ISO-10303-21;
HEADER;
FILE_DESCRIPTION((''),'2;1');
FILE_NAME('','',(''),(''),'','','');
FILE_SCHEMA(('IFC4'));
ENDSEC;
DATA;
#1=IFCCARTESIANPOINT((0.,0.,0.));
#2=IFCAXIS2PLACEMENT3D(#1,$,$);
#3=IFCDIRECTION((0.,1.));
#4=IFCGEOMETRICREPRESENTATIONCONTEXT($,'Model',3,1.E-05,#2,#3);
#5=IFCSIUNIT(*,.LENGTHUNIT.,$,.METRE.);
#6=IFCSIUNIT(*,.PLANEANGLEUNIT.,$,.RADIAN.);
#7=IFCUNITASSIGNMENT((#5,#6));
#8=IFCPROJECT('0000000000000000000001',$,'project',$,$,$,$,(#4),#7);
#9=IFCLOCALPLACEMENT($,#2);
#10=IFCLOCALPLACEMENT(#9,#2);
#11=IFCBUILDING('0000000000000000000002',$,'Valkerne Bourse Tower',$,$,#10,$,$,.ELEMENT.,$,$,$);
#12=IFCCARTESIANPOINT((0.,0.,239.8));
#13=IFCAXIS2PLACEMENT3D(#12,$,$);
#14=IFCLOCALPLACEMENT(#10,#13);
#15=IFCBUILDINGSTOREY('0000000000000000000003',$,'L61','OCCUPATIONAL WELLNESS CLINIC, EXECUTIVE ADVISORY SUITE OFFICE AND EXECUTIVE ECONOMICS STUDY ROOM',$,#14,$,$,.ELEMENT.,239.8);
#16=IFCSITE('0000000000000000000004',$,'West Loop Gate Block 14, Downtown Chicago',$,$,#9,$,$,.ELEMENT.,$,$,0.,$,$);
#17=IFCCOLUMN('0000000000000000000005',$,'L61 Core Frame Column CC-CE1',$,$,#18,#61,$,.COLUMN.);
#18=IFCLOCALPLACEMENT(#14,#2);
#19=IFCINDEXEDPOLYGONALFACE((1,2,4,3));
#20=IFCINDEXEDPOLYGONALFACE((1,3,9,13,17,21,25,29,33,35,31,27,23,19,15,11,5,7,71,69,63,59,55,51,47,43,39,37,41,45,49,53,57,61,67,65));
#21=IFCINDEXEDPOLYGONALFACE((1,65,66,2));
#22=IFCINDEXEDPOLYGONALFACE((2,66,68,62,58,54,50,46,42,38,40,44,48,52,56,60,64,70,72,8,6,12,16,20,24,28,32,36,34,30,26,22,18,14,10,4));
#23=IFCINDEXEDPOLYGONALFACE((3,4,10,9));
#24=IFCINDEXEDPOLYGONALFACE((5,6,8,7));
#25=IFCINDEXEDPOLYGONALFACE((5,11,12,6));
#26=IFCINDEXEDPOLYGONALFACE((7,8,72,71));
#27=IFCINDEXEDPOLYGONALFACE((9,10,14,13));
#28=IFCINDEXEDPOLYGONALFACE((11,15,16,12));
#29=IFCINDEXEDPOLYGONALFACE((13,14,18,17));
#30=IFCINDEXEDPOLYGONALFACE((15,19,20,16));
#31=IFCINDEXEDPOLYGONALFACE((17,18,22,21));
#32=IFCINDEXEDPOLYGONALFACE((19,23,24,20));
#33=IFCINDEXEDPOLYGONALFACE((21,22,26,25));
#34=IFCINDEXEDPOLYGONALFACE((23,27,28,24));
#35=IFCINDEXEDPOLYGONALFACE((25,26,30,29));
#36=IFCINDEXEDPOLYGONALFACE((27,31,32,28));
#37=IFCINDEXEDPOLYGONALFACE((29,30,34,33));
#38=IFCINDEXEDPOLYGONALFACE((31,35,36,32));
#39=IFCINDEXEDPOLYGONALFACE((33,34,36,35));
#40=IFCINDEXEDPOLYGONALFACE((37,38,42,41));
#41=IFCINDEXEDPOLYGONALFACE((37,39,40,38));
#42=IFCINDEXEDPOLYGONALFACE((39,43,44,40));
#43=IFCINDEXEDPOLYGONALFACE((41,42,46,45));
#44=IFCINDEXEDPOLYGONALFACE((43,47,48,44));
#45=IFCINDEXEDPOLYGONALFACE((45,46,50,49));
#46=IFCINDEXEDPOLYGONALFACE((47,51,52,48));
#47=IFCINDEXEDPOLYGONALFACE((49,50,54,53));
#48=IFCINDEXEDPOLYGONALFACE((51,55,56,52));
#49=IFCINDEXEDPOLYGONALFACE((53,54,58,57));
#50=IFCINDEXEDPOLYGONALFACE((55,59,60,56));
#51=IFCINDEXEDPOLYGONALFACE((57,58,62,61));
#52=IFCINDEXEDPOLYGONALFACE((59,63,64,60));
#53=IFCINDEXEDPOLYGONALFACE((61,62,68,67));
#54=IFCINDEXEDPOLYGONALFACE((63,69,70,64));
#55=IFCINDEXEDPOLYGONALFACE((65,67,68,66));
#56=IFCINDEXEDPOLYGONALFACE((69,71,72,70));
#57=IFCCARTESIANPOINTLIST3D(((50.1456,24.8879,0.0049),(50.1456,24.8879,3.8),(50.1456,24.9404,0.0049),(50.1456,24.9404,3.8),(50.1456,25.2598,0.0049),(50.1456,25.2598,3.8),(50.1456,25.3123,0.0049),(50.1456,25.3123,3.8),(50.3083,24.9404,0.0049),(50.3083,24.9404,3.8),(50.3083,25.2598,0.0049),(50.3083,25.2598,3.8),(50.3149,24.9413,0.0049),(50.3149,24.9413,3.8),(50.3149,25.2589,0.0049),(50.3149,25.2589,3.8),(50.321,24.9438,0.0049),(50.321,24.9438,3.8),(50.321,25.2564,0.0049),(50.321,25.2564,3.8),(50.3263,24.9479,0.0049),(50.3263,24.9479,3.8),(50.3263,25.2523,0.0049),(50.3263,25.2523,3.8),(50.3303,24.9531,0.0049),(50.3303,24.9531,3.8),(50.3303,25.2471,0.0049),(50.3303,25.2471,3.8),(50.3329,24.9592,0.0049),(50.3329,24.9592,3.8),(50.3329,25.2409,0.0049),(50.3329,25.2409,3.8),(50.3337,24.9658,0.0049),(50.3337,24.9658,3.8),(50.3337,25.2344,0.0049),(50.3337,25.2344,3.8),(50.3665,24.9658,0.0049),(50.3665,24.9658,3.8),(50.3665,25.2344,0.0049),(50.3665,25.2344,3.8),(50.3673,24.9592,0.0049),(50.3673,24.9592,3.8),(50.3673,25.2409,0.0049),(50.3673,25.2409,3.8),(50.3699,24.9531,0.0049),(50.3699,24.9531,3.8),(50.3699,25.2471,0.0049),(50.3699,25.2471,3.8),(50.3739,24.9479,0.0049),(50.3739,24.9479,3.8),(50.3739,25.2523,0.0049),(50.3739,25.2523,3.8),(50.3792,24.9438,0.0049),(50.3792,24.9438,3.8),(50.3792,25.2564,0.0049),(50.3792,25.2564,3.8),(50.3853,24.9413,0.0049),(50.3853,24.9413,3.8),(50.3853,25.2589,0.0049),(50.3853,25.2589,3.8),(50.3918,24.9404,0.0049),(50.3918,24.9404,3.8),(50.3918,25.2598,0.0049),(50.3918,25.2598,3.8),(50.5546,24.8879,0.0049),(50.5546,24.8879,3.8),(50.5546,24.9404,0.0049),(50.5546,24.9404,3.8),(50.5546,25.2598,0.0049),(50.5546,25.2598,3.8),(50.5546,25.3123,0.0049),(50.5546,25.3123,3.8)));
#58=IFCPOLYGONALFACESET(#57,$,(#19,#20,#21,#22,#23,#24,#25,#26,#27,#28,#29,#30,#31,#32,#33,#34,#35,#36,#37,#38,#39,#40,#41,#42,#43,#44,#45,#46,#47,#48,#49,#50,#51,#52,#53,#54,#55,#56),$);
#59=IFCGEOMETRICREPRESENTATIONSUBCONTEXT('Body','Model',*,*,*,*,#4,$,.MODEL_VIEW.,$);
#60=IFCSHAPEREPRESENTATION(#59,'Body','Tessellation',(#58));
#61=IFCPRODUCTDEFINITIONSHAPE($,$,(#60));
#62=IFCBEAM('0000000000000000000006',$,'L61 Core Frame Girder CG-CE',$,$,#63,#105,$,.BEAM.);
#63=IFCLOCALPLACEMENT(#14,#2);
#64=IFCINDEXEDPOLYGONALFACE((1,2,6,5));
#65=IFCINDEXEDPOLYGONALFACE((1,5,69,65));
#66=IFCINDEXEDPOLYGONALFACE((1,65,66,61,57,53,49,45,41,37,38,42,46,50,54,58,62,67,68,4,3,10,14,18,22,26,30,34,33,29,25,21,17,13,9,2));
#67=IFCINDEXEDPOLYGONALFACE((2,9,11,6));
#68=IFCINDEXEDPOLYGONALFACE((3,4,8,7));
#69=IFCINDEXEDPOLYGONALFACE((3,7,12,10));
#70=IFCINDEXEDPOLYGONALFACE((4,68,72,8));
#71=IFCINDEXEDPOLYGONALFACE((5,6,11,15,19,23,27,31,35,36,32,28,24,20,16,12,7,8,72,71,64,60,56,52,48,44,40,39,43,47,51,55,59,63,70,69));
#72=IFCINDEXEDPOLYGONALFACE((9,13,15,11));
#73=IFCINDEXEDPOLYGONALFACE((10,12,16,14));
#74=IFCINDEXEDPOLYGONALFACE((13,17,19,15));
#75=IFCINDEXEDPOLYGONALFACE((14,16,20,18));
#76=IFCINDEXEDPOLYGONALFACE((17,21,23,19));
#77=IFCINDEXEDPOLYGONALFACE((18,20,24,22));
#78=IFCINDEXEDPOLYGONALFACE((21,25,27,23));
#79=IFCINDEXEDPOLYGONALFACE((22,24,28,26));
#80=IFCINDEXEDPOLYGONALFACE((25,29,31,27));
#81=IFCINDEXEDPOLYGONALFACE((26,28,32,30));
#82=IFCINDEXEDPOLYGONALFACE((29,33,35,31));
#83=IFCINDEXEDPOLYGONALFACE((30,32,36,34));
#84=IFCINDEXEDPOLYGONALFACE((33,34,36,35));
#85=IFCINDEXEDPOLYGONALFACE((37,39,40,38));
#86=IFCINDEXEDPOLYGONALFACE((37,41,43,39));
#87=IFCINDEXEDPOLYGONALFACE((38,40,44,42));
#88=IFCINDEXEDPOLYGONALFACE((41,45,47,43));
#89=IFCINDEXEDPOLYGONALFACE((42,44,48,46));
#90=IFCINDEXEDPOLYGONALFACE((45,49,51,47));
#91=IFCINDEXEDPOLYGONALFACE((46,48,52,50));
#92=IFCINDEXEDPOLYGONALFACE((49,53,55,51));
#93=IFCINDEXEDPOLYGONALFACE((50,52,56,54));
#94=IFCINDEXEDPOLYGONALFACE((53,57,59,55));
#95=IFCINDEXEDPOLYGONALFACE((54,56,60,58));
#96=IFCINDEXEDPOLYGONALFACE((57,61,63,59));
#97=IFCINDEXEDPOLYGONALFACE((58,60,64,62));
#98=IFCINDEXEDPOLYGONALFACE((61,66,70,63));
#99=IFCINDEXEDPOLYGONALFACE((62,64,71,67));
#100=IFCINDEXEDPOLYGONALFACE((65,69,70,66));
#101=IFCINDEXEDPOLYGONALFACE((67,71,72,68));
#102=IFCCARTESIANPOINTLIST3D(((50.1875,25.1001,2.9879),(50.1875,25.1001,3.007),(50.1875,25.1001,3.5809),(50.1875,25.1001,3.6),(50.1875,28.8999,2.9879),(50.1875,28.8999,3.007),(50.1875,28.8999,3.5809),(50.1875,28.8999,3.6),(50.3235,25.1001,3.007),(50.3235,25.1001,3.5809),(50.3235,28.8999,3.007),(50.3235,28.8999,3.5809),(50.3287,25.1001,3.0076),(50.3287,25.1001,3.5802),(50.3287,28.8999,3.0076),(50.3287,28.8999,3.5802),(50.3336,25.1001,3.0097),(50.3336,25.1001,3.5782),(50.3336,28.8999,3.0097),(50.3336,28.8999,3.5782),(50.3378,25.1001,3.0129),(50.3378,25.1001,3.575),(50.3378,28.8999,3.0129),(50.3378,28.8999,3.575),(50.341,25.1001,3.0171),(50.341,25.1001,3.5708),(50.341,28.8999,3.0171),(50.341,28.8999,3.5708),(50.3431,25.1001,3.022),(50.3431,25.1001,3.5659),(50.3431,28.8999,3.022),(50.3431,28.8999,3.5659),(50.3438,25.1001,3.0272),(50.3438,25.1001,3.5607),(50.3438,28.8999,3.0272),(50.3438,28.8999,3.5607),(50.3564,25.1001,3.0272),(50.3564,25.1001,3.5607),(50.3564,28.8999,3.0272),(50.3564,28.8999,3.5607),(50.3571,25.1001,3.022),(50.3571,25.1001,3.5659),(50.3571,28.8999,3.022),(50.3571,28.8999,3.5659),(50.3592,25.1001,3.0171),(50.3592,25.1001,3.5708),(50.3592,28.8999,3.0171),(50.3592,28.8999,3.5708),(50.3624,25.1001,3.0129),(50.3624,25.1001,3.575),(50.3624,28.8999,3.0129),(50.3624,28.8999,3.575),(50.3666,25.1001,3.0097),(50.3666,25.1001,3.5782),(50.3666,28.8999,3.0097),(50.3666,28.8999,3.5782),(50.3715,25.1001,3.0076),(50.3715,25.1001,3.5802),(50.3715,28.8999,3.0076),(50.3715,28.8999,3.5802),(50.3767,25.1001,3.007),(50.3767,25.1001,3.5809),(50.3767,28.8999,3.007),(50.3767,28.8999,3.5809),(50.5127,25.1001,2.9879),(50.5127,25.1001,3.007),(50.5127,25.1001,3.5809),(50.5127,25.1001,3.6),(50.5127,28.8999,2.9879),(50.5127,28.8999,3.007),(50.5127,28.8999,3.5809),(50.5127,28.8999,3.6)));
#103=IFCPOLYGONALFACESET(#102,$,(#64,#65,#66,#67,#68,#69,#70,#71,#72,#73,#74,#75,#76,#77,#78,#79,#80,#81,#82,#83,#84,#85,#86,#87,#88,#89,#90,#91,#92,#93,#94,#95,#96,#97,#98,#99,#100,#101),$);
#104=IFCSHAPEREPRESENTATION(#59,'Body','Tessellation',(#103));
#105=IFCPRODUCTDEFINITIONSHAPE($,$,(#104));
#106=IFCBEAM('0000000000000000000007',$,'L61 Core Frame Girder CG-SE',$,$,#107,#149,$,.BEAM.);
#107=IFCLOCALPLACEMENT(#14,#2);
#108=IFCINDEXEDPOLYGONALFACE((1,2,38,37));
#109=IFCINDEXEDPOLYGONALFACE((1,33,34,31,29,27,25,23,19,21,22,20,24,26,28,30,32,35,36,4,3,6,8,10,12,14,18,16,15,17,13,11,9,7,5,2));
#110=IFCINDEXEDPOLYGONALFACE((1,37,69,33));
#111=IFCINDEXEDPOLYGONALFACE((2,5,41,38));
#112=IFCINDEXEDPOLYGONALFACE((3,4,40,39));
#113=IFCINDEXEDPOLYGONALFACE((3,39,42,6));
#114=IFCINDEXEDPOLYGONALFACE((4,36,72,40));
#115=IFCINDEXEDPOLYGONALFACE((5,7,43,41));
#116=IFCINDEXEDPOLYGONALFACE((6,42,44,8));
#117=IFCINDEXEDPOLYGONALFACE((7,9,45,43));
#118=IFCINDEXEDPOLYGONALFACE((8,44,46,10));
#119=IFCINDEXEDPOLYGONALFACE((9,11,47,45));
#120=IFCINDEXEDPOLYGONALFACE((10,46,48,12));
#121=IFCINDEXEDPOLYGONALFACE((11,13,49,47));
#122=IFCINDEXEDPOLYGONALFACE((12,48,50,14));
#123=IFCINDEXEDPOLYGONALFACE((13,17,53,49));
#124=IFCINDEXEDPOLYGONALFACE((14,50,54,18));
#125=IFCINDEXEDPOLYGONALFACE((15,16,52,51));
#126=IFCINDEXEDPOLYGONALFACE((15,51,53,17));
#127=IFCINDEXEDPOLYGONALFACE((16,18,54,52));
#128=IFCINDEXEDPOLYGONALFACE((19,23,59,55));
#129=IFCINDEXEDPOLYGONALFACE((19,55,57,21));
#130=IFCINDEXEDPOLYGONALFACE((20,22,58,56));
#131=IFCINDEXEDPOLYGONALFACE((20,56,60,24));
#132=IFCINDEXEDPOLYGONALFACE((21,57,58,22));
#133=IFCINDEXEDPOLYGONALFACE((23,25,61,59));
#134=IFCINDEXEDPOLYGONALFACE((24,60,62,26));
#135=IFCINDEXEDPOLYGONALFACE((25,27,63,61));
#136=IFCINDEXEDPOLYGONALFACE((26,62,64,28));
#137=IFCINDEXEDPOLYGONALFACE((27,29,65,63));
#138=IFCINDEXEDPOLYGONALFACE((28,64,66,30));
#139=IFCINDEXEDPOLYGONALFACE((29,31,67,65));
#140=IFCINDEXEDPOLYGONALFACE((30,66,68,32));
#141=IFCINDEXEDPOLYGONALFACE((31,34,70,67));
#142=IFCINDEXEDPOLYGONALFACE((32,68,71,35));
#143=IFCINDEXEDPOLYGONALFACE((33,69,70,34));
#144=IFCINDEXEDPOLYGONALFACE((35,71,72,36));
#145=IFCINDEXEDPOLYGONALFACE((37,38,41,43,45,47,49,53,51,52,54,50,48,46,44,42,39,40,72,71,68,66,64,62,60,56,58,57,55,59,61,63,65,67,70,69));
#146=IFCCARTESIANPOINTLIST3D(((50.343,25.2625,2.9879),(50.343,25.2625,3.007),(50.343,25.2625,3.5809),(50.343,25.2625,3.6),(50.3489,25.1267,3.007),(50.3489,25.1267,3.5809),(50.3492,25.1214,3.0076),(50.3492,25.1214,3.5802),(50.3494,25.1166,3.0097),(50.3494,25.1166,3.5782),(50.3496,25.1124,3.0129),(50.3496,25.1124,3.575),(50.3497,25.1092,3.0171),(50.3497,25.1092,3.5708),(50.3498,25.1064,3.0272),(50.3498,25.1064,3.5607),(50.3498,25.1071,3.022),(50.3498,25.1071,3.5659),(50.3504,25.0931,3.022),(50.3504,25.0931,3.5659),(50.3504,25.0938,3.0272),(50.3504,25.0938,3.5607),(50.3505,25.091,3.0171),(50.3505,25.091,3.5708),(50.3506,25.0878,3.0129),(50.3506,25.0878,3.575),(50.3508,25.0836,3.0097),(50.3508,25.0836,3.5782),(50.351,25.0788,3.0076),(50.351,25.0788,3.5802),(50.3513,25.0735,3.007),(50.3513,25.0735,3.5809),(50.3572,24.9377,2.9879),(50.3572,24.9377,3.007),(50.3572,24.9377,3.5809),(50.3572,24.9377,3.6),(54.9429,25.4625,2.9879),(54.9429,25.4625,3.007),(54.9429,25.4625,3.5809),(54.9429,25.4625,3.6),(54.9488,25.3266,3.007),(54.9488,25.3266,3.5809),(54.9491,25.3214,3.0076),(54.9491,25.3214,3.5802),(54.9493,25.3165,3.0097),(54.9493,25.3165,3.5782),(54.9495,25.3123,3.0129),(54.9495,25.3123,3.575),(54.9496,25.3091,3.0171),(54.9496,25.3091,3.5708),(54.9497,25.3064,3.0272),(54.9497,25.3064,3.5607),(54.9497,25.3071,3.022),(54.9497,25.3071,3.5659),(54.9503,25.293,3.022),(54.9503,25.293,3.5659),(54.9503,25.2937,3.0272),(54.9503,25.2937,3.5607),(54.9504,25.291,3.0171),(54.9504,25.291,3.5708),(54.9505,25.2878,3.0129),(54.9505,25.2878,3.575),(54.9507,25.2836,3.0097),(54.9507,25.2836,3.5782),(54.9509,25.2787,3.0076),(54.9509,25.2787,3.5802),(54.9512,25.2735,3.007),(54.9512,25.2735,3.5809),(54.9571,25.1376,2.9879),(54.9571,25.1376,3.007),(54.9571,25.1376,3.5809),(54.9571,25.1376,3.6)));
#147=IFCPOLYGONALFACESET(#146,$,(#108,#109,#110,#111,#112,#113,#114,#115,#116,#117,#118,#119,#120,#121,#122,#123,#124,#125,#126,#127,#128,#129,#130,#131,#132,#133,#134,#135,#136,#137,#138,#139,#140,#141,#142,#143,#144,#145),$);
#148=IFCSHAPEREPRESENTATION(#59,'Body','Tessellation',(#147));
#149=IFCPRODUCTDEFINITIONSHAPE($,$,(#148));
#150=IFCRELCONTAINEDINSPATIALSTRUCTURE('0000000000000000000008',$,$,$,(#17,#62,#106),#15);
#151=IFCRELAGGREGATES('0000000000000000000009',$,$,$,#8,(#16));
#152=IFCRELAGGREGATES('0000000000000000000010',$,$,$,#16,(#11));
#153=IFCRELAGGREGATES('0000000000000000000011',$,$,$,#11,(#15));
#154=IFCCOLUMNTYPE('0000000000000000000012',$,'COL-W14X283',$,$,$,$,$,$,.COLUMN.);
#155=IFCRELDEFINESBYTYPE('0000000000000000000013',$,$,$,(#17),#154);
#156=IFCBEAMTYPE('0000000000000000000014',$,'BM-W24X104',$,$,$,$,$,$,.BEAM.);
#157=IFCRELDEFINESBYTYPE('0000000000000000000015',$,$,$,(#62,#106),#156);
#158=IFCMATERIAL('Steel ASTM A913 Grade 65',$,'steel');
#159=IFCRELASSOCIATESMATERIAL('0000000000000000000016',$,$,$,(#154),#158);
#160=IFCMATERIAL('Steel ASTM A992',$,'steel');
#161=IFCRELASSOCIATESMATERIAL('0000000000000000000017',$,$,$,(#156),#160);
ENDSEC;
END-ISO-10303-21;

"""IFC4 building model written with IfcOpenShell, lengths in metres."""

from ifc_helpers import new_model, si_unit, direction, frame, origin, origin_2d, place, context, subcontext, project, spatial, i_section, extrude, material, material_profile, profile_set, type_object, element, save


model = new_model("IFC4")

# Units and contexts
model_context = context("Model", 3, precision=1e-05, world=origin(), true_north=direction((0.0, 1.0)))
body_context = subcontext(model_context, "Body", "Model", "MODEL_VIEW")
ifc_project = project(units=[si_unit("LENGTHUNIT", "METRE"), si_unit("PLANEANGLEUNIT", "RADIAN")], contexts=[model_context])

# Site, building, storey
site_placement = place(None, origin())
site = spatial("IfcSite", under=ifc_project, at=site_placement, Name="West Loop Gate Block 14, Downtown Chicago", CompositionType="ELEMENT", RefElevation=0.0)
building_placement = place(site_placement, origin())
building = spatial("IfcBuilding", under=site, at=building_placement, Name="Valkerne Bourse Tower", CompositionType="ELEMENT")
storey_placement = place(building_placement, frame((0.0, 0.0, 239.8)))
storey = spatial("IfcBuildingStorey", under=building, at=storey_placement, Name="L61", Description="OCCUPATIONAL WELLNESS CLINIC, EXECUTIVE ADVISORY SUITE OFFICE AND EXECUTIVE ECONOMICS STUDY ROOM", CompositionType="ELEMENT", Elevation=239.8)

# Column
ifc_material_1 = material(Name="Steel ASTM A913 Grade 65", Category="steel")
ifc_material_profile_1 = material_profile(ifc_material_1, i_section(OverallWidth=0.4089, OverallDepth=0.4243, WebThickness=0.0327, FlangeThickness=0.0525, FilletRadius=0.0254, at=origin_2d()), Name="W14X283")
ifc_profile_set_1 = profile_set([ifc_material_profile_1], Name="Steel ASTM A913 Grade 65")
column_type = type_object("IfcColumnType", Name="COL-W14X283", PredefinedType="COLUMN", material=ifc_profile_set_1)
column_placement = place(storey_placement, frame((50.3501, 25.1001, 0.0049), z_axis=(0.0, 0.0, 1.0), x_axis=(1.0, 0.0, 0.0)))
element("IfcColumn", 1, at=column_placement, inside=storey, type_object=column_type, Name="L61 Core Frame Column CC-CE1", PredefinedType="COLUMN", context=body_context, shape_type="SweptSolid", body=[
    extrude(i_section(OverallWidth=0.4089, OverallDepth=0.4243, WebThickness=0.0327, FlangeThickness=0.0525, FilletRadius=0.0254, at=origin_2d()), origin(), (0.0, 0.0, 1.0), 3.7952),
])

# Beams
ifc_material_2 = material(Name="Steel ASTM A992", Category="steel")
ifc_material_profile_2 = material_profile(ifc_material_2, i_section(OverallWidth=0.3252, OverallDepth=0.6121, WebThickness=0.0127, FlangeThickness=0.019, FilletRadius=0.0203, at=origin_2d()), Name="W24X104")
ifc_profile_set_2 = profile_set([ifc_material_profile_2], Name="Steel ASTM A992")
beam_type = type_object("IfcBeamType", Name="BM-W24X104", PredefinedType="BEAM", material=ifc_profile_set_2)
beam_1_placement = place(storey_placement, frame((50.3501, 25.1001, 3.2939), z_axis=(0.0, 1.0, 0.0), x_axis=(-1.0, 0.0, 0.0)))
element("IfcBeam", 2, at=beam_1_placement, inside=storey, type_object=beam_type, Name="L61 Core Frame Girder CG-CE", PredefinedType="BEAM", context=body_context, shape_type="SweptSolid", body=[
    extrude(i_section(OverallWidth=0.3252, OverallDepth=0.6121, WebThickness=0.0127, FlangeThickness=0.019, FilletRadius=0.0203, at=origin_2d()), origin(), (0.0, 0.0, 1.0), 3.7998),
])
beam_2_placement = place(storey_placement, frame((50.3501, 25.1001, 3.2939), z_axis=(0.999057, 0.043428, 0.0), x_axis=(-0.043428, 0.999057, 0.0)))
element("IfcBeam", 3, at=beam_2_placement, inside=storey, type_object=beam_type, Name="L61 Core Frame Girder CG-SE", PredefinedType="BEAM", context=body_context, shape_type="SweptSolid", body=[
    extrude(i_section(OverallWidth=0.3252, OverallDepth=0.6121, WebThickness=0.0127, FlangeThickness=0.019, FilletRadius=0.0203, at=origin_2d()), origin(), (0.0, 0.0, 1.0), 4.6042),
])

save(model, "model.ifc")
